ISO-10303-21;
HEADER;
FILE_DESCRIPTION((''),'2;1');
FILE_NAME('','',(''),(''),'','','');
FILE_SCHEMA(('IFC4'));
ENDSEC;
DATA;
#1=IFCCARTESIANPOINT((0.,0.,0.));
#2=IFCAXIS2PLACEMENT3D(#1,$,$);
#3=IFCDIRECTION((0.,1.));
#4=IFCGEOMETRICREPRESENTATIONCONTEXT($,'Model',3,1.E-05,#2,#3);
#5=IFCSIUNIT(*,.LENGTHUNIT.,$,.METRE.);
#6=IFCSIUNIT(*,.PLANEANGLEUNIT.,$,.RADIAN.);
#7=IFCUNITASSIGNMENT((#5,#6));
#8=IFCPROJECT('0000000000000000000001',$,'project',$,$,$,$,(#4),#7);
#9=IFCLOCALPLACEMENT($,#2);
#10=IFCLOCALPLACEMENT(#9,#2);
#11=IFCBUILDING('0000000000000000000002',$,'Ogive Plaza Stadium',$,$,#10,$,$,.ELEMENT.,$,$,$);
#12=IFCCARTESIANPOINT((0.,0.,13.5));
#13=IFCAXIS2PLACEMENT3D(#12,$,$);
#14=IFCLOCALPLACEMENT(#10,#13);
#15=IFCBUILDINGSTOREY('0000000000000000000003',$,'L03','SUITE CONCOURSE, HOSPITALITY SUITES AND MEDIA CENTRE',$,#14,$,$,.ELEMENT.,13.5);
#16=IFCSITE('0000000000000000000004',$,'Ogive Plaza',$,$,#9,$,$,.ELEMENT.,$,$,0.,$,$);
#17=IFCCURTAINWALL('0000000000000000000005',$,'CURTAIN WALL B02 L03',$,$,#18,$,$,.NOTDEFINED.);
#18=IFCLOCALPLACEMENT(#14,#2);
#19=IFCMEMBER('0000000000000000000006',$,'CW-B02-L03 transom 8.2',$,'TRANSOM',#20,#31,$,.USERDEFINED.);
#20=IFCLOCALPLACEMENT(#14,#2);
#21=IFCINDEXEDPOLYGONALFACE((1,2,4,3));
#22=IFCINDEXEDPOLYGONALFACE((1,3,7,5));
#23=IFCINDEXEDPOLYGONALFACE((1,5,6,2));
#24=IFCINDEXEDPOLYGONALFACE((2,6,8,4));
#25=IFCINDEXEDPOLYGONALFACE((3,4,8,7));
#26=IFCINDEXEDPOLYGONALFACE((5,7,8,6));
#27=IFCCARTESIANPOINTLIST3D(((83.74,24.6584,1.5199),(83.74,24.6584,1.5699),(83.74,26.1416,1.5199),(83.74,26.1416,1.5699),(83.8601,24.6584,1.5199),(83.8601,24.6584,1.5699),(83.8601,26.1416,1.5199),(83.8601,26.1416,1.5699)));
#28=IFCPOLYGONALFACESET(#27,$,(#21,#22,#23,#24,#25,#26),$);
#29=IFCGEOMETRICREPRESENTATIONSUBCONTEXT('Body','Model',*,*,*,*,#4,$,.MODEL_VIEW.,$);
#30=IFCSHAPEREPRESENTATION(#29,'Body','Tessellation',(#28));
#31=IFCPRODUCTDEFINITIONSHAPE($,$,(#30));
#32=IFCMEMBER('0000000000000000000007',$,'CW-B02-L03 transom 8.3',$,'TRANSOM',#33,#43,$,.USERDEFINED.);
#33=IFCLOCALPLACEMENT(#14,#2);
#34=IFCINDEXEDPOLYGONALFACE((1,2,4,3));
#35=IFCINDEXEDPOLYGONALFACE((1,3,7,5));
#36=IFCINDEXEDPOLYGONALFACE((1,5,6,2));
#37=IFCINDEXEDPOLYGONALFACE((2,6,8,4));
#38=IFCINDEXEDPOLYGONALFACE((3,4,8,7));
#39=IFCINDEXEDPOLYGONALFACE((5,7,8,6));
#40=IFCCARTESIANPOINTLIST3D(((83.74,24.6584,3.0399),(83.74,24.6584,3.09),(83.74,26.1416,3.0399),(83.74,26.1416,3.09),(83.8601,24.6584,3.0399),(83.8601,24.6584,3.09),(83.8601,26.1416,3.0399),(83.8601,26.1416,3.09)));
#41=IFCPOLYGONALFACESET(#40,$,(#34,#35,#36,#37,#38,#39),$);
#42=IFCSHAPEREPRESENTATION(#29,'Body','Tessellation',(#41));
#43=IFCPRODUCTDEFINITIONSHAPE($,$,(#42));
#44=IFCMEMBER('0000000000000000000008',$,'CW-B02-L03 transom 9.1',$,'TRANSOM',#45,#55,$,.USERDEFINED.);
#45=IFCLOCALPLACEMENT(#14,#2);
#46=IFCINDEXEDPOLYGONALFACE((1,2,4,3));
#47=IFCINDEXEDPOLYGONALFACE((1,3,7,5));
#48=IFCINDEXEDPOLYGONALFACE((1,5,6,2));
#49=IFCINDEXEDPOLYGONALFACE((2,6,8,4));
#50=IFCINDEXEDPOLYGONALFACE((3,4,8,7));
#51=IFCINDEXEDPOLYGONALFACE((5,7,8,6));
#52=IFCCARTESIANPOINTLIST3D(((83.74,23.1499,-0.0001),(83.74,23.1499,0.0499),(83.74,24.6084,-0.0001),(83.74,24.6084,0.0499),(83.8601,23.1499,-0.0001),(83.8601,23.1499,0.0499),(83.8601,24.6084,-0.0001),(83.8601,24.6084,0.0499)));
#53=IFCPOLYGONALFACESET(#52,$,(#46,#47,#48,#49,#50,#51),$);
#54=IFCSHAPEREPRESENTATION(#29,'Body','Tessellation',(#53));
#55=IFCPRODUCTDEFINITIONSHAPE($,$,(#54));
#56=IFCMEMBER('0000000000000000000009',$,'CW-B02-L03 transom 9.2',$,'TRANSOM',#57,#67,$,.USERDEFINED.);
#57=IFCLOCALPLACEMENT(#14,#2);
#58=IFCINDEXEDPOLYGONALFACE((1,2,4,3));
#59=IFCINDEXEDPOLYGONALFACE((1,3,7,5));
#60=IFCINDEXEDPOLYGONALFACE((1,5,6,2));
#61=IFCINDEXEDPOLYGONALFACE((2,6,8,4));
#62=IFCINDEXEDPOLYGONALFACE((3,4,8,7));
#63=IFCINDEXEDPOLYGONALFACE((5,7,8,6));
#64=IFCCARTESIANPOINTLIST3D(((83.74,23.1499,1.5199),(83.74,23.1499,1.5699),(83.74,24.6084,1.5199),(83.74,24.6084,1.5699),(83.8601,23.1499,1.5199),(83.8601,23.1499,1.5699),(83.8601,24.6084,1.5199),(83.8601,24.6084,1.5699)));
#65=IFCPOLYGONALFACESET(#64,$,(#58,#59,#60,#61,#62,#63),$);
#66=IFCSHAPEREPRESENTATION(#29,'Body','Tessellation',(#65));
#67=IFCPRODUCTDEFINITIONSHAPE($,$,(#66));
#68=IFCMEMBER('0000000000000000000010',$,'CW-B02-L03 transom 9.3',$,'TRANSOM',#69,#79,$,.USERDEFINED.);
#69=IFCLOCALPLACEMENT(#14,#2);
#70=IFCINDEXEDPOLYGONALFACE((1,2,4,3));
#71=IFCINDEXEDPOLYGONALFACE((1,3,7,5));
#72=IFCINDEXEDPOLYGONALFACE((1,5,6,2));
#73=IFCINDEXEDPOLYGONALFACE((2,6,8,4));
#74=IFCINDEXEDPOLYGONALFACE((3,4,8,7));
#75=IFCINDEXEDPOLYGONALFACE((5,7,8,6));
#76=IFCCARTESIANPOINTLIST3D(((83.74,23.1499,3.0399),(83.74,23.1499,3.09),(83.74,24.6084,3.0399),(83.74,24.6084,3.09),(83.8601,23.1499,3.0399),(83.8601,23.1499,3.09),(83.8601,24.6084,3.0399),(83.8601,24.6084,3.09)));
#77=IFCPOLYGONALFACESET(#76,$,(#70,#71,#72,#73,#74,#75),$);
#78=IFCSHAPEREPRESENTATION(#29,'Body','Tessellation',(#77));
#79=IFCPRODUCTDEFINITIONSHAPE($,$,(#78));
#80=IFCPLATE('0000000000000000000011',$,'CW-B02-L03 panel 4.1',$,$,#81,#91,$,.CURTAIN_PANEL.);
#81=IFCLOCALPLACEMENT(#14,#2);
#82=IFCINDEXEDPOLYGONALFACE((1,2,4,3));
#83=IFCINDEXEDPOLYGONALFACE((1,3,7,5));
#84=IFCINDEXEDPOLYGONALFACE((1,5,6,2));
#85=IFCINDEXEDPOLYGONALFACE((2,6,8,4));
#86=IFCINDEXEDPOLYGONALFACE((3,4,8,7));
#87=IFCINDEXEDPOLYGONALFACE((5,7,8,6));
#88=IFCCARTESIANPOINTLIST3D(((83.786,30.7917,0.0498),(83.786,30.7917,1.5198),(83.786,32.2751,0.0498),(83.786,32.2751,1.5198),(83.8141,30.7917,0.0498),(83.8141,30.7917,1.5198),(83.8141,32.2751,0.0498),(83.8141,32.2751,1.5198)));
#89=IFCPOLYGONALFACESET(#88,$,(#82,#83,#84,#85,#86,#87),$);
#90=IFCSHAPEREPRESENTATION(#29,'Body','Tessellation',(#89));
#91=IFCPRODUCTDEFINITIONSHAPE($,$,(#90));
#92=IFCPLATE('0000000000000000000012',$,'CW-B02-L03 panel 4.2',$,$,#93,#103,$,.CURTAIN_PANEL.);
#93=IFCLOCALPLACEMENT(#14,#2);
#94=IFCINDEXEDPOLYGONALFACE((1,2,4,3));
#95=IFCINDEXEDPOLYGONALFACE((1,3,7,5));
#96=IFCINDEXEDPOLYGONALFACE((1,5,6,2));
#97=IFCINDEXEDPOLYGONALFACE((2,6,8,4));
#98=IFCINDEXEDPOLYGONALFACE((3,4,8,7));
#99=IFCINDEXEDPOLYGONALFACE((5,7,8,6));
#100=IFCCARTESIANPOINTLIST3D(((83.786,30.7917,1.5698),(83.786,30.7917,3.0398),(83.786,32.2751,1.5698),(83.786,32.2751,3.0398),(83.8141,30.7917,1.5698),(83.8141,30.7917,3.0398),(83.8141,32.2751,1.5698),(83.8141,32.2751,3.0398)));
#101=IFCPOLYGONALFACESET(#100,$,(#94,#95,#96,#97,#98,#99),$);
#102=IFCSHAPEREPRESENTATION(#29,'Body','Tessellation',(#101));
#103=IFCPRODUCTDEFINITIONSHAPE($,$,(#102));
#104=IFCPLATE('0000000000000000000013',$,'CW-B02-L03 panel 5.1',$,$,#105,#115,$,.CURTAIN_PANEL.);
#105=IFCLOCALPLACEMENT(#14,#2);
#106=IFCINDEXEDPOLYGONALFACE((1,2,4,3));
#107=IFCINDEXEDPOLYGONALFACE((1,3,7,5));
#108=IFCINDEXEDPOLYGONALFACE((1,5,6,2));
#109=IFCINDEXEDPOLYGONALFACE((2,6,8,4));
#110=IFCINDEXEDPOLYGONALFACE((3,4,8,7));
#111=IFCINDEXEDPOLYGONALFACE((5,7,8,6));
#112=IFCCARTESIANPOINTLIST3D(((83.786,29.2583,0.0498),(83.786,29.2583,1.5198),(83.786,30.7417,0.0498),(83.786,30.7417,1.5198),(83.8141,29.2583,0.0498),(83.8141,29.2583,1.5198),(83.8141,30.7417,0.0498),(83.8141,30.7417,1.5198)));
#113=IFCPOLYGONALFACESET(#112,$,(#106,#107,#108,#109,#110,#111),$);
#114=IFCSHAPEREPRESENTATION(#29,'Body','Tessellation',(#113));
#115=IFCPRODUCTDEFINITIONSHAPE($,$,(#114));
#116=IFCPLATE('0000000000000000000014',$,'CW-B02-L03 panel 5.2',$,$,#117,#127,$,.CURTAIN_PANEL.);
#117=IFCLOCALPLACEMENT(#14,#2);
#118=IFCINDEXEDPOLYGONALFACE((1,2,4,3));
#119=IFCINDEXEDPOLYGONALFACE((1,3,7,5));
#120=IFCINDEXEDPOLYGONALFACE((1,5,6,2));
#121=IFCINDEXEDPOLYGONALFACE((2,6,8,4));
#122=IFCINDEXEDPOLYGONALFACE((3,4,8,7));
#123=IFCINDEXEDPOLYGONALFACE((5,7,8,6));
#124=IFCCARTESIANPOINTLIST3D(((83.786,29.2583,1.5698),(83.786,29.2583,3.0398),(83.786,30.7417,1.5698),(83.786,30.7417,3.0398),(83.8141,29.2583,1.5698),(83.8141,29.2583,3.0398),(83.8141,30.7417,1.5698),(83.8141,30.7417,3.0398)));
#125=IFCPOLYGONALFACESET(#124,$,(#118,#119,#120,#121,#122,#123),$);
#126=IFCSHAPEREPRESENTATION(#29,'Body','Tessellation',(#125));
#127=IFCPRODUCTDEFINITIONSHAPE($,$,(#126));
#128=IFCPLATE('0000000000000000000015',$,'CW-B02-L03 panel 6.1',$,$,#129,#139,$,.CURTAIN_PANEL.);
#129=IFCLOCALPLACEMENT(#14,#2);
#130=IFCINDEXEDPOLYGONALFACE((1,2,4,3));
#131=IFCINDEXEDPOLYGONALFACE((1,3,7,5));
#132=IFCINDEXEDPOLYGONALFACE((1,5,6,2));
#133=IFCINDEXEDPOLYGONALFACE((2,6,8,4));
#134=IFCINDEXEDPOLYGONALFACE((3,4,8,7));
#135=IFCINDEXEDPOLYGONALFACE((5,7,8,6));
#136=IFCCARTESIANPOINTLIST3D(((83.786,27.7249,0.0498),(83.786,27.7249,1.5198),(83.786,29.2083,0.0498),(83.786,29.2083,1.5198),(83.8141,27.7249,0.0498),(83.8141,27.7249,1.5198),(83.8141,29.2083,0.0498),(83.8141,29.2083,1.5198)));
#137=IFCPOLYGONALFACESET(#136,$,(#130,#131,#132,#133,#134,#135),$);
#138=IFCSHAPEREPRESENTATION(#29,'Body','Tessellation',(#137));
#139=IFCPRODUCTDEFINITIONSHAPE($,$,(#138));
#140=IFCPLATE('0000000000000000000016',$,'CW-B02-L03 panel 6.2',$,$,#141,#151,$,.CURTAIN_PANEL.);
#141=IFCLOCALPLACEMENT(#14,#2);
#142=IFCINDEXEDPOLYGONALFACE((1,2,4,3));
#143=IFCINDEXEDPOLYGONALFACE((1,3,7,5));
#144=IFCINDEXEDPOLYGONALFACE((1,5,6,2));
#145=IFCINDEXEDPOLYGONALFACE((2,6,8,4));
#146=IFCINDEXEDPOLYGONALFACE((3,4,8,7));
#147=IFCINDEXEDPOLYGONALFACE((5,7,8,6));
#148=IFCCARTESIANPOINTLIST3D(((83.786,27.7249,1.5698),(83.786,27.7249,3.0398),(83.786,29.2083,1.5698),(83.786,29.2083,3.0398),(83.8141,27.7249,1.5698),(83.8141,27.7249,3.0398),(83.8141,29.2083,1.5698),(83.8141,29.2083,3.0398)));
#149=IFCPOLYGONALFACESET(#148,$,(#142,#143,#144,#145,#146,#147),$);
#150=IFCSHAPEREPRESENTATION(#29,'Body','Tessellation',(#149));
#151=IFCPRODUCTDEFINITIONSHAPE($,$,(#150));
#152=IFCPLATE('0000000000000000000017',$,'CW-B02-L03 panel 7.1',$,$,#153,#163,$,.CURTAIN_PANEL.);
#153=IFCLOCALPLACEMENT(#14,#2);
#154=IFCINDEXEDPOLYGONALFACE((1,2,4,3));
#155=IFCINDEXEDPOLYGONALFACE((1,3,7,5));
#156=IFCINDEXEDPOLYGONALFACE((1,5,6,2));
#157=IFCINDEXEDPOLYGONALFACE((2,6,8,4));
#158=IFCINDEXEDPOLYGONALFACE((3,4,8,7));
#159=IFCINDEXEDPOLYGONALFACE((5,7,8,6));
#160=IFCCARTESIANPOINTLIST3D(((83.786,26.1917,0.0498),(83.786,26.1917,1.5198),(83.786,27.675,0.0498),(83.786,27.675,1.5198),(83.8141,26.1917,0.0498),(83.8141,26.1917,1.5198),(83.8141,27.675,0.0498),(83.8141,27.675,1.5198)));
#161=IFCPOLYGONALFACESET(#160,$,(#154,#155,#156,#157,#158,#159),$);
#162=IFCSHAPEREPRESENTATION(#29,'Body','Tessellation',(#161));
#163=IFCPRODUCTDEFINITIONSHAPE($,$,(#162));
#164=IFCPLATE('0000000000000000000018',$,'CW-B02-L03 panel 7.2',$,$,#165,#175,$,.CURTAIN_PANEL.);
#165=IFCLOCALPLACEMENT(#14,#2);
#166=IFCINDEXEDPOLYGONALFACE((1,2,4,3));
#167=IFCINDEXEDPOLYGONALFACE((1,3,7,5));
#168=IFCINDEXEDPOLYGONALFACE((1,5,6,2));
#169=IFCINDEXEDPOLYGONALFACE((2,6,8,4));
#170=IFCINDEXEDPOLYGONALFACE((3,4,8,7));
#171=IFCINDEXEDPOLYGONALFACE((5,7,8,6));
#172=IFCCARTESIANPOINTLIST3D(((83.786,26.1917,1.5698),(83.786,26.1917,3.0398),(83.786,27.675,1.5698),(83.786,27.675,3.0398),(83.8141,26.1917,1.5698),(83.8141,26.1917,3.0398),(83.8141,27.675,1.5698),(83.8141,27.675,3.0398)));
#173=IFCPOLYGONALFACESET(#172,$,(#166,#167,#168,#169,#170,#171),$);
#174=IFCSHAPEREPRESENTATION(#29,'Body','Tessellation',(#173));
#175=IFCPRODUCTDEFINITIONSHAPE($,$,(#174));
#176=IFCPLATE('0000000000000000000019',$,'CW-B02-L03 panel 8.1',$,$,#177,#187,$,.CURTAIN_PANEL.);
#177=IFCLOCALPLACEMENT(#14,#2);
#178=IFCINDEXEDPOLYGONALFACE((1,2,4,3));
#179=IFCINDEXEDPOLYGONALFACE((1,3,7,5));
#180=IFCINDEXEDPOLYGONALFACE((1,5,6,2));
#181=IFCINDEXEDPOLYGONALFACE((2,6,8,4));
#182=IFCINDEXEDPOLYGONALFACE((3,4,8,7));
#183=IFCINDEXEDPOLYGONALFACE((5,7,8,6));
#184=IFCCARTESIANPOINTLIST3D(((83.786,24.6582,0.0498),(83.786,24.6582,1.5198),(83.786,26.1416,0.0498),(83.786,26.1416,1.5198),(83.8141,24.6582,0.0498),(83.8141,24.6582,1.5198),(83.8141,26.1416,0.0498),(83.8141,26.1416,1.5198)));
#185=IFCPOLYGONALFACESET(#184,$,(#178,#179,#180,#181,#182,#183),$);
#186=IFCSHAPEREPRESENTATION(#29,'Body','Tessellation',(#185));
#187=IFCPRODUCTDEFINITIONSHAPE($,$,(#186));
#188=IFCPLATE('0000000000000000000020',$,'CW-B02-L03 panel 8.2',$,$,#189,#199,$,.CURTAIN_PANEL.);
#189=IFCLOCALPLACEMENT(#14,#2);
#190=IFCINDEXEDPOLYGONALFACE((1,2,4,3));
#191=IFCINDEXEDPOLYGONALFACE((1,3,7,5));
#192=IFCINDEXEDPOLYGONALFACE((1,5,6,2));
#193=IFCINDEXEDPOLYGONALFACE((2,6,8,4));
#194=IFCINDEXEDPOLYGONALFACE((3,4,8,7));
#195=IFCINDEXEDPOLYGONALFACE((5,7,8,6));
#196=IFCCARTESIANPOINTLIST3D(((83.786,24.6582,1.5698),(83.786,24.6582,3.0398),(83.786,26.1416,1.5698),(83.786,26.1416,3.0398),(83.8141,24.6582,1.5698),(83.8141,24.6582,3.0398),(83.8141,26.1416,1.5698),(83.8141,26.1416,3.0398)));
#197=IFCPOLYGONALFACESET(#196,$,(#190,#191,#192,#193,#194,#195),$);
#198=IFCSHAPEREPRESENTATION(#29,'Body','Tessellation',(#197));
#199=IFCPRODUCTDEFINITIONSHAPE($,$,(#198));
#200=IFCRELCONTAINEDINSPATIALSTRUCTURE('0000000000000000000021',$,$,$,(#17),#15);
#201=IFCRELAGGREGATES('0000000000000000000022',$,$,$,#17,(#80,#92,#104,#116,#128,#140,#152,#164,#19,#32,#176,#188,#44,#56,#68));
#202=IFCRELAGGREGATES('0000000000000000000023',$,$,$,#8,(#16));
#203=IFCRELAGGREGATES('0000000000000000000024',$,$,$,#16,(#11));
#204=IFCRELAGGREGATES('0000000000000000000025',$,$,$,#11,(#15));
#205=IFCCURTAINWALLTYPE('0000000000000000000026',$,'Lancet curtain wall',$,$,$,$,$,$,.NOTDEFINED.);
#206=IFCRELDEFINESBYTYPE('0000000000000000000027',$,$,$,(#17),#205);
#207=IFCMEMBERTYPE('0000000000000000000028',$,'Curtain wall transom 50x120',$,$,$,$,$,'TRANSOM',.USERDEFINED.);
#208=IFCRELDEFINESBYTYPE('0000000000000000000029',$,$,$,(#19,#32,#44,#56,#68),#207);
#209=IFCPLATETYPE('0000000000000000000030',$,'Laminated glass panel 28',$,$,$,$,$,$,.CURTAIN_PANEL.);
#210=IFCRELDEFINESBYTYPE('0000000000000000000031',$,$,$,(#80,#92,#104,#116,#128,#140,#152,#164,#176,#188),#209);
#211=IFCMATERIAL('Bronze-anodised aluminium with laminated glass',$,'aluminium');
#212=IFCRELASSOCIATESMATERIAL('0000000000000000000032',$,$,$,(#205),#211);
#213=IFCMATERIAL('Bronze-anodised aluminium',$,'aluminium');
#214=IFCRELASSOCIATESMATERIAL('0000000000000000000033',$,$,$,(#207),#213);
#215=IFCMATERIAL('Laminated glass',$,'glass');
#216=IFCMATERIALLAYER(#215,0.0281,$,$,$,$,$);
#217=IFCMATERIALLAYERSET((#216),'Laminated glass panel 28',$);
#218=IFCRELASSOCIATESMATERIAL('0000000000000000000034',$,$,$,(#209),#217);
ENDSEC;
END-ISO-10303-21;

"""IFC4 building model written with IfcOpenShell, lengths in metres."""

from ifc_helpers import new_model, si_unit, direction, frame, origin, origin_2d, place, context, subcontext, project, spatial, rectangle, extrude, material, layer, layer_set, material_profile, profile_set, type_object, element, aggregate, save


model = new_model("IFC4")

# Units and contexts
model_context = context("Model", 3, precision=1e-05, world=origin(), true_north=direction((0.0, 1.0)))
body_context = subcontext(model_context, "Body", "Model", "MODEL_VIEW")
ifc_project = project(units=[si_unit("LENGTHUNIT", "METRE"), si_unit("PLANEANGLEUNIT", "RADIAN")], contexts=[model_context])

# Site, building, storey
site_placement = place(None, origin())
site = spatial("IfcSite", under=ifc_project, at=site_placement, Name="Ogive Plaza", CompositionType="ELEMENT", RefElevation=0.0)
building_placement = place(site_placement, origin())
building = spatial("IfcBuilding", under=site, at=building_placement, Name="Ogive Plaza Stadium", CompositionType="ELEMENT")
storey_placement = place(building_placement, frame((0.0, 0.0, 13.5)))
storey = spatial("IfcBuildingStorey", under=building, at=storey_placement, Name="L03", Description="SUITE CONCOURSE, HOSPITALITY SUITES AND MEDIA CENTRE", CompositionType="ELEMENT", Elevation=13.5)

# Curtain wall, members, plates
ifc_material_1 = material(Name="Bronze-anodised aluminium with laminated glass", Category="aluminium")
curtain_wall_type = type_object("IfcCurtainWallType", Name="Lancet curtain wall", PredefinedType="NOTDEFINED", material=ifc_material_1)
curtain_wall_placement = place(storey_placement, origin())
curtain_wall = element("IfcCurtainWall", 1, at=curtain_wall_placement, inside=storey, type_object=curtain_wall_type, Name="CURTAIN WALL B02 L03", PredefinedType="NOTDEFINED")
ifc_material_2 = material(Name="Bronze-anodised aluminium", Category="aluminium")
ifc_material_profile_1 = material_profile(ifc_material_2, rectangle(XDim=0.1201, YDim=0.05, at=origin_2d()), Name="AL 120x50")
ifc_profile_set_1 = profile_set([ifc_material_profile_1], Name="Bronze-anodised aluminium")
member_type_1 = type_object("IfcMemberType", Name="Curtain wall transom 50x120", ElementType="TRANSOM", PredefinedType="USERDEFINED", material=ifc_profile_set_1)
member_1_placement = place(storey_placement, frame((83.8, 26.1416, 1.5449), z_axis=(0.0, -1.0, 0.0), x_axis=(1.0, 0.0, 0.0)))
member_1 = element("IfcMember", 2, at=member_1_placement, type_object=member_type_1, Name="CW-B02-L03 transom 8.2", ObjectType="TRANSOM", PredefinedType="USERDEFINED", context=body_context, shape_type="SweptSolid", body=[
    extrude(rectangle(XDim=0.1201, YDim=0.05, at=origin_2d()), origin(), (0.0, 0.0, 1.0), 1.4832),
])
member_2_placement = place(storey_placement, frame((83.8, 26.1416, 3.0649), z_axis=(0.0, -1.0, 0.0), x_axis=(1.0, 0.0, 0.0)))
member_2 = element("IfcMember", 3, at=member_2_placement, type_object=member_type_1, Name="CW-B02-L03 transom 8.3", ObjectType="TRANSOM", PredefinedType="USERDEFINED", context=body_context, shape_type="SweptSolid", body=[
    extrude(rectangle(XDim=0.1201, YDim=0.05, at=origin_2d()), origin(), (0.0, 0.0, 1.0), 1.4832),
])
member_3_placement = place(storey_placement, frame((83.8, 24.6084, 0.0249), z_axis=(0.0, -1.0, 0.0), x_axis=(1.0, 0.0, 0.0)))
member_3 = element("IfcMember", 4, at=member_3_placement, type_object=member_type_1, Name="CW-B02-L03 transom 9.1", ObjectType="TRANSOM", PredefinedType="USERDEFINED", context=body_context, shape_type="SweptSolid", body=[
    extrude(rectangle(XDim=0.1201, YDim=0.05, at=origin_2d()), origin(), (0.0, 0.0, 1.0), 1.4585),
])
member_4_placement = place(storey_placement, frame((83.8, 24.6084, 1.5449), z_axis=(0.0, -1.0, 0.0), x_axis=(1.0, 0.0, 0.0)))
member_4 = element("IfcMember", 5, at=member_4_placement, type_object=member_type_1, Name="CW-B02-L03 transom 9.2", ObjectType="TRANSOM", PredefinedType="USERDEFINED", context=body_context, shape_type="SweptSolid", body=[
    extrude(rectangle(XDim=0.1201, YDim=0.05, at=origin_2d()), origin(), (0.0, 0.0, 1.0), 1.4585),
])
member_5_placement = place(storey_placement, frame((83.8, 24.6084, 3.0649), z_axis=(0.0, -1.0, 0.0), x_axis=(1.0, 0.0, 0.0)))
member_5 = element("IfcMember", 6, at=member_5_placement, type_object=member_type_1, Name="CW-B02-L03 transom 9.3", ObjectType="TRANSOM", PredefinedType="USERDEFINED", context=body_context, shape_type="SweptSolid", body=[
    extrude(rectangle(XDim=0.1201, YDim=0.05, at=origin_2d()), origin(), (0.0, 0.0, 1.0), 1.4585),
])
ifc_material_3 = material(Name="Laminated glass", Category="glass")
ifc_layer_1 = layer(ifc_material_3, 0.0281)
ifc_layer_set_1 = layer_set([ifc_layer_1], Name="Laminated glass panel 28")
plate_type = type_object("IfcPlateType", Name="Laminated glass panel 28", PredefinedType="CURTAIN_PANEL", material=ifc_layer_set_1)
plate_1_placement = place(storey_placement, frame((83.8, 31.5334, 0.0498), z_axis=(0.0, 0.0, 1.0), x_axis=(0.0, -1.0, 0.0)))
plate_1 = element("IfcPlate", 7, at=plate_1_placement, type_object=plate_type, Name="CW-B02-L03 panel 4.1", PredefinedType="CURTAIN_PANEL", context=body_context, shape_type="SweptSolid", body=[
    extrude(rectangle(XDim=1.4834, YDim=0.0281, at=origin_2d()), origin(), (0.0, 0.0, 1.0), 1.47),
])
plate_2_placement = place(storey_placement, frame((83.8, 31.5334, 1.5698), z_axis=(0.0, 0.0, 1.0), x_axis=(0.0, -1.0, 0.0)))
plate_2 = element("IfcPlate", 8, at=plate_2_placement, type_object=plate_type, Name="CW-B02-L03 panel 4.2", PredefinedType="CURTAIN_PANEL", context=body_context, shape_type="SweptSolid", body=[
    extrude(rectangle(XDim=1.4834, YDim=0.0281, at=origin_2d()), origin(), (0.0, 0.0, 1.0), 1.47),
])
plate_3_placement = place(storey_placement, frame((83.8, 30.0, 0.0498), z_axis=(0.0, 0.0, 1.0), x_axis=(0.0, -1.0, 0.0)))
plate_3 = element("IfcPlate", 9, at=plate_3_placement, type_object=plate_type, Name="CW-B02-L03 panel 5.1", PredefinedType="CURTAIN_PANEL", context=body_context, shape_type="SweptSolid", body=[
    extrude(rectangle(XDim=1.4834, YDim=0.0281, at=origin_2d()), origin(), (0.0, 0.0, 1.0), 1.47),
])
plate_4_placement = place(storey_placement, frame((83.8, 30.0, 1.5698), z_axis=(0.0, 0.0, 1.0), x_axis=(0.0, -1.0, 0.0)))
plate_4 = element("IfcPlate", 10, at=plate_4_placement, type_object=plate_type, Name="CW-B02-L03 panel 5.2", PredefinedType="CURTAIN_PANEL", context=body_context, shape_type="SweptSolid", body=[
    extrude(rectangle(XDim=1.4834, YDim=0.0281, at=origin_2d()), origin(), (0.0, 0.0, 1.0), 1.47),
])
plate_5_placement = place(storey_placement, frame((83.8, 28.4666, 0.0498), z_axis=(0.0, 0.0, 1.0), x_axis=(0.0, -1.0, 0.0)))
plate_5 = element("IfcPlate", 11, at=plate_5_placement, type_object=plate_type, Name="CW-B02-L03 panel 6.1", PredefinedType="CURTAIN_PANEL", context=body_context, shape_type="SweptSolid", body=[
    extrude(rectangle(XDim=1.4834, YDim=0.0281, at=origin_2d()), origin(), (0.0, 0.0, 1.0), 1.47),
])
plate_6_placement = place(storey_placement, frame((83.8, 28.4666, 1.5698), z_axis=(0.0, 0.0, 1.0), x_axis=(0.0, -1.0, 0.0)))
plate_6 = element("IfcPlate", 12, at=plate_6_placement, type_object=plate_type, Name="CW-B02-L03 panel 6.2", PredefinedType="CURTAIN_PANEL", context=body_context, shape_type="SweptSolid", body=[
    extrude(rectangle(XDim=1.4834, YDim=0.0281, at=origin_2d()), origin(), (0.0, 0.0, 1.0), 1.47),
])
plate_7_placement = place(storey_placement, frame((83.8, 26.9333, 0.0498), z_axis=(0.0, 0.0, 1.0), x_axis=(0.0, -1.0, 0.0)))
plate_7 = element("IfcPlate", 13, at=plate_7_placement, type_object=plate_type, Name="CW-B02-L03 panel 7.1", PredefinedType="CURTAIN_PANEL", context=body_context, shape_type="SweptSolid", body=[
    extrude(rectangle(XDim=1.4834, YDim=0.0281, at=origin_2d()), origin(), (0.0, 0.0, 1.0), 1.47),
])
plate_8_placement = place(storey_placement, frame((83.8, 26.9333, 1.5698), z_axis=(0.0, 0.0, 1.0), x_axis=(0.0, -1.0, 0.0)))
plate_8 = element("IfcPlate", 14, at=plate_8_placement, type_object=plate_type, Name="CW-B02-L03 panel 7.2", PredefinedType="CURTAIN_PANEL", context=body_context, shape_type="SweptSolid", body=[
    extrude(rectangle(XDim=1.4834, YDim=0.0281, at=origin_2d()), origin(), (0.0, 0.0, 1.0), 1.47),
])
plate_9_placement = place(storey_placement, frame((83.8, 25.3999, 0.0498), z_axis=(0.0, 0.0, 1.0), x_axis=(0.0, -1.0, 0.0)))
plate_9 = element("IfcPlate", 15, at=plate_9_placement, type_object=plate_type, Name="CW-B02-L03 panel 8.1", PredefinedType="CURTAIN_PANEL", context=body_context, shape_type="SweptSolid", body=[
    extrude(rectangle(XDim=1.4834, YDim=0.0281, at=origin_2d()), origin(), (0.0, 0.0, 1.0), 1.47),
])
plate_10_placement = place(storey_placement, frame((83.8, 25.3999, 1.5698), z_axis=(0.0, 0.0, 1.0), x_axis=(0.0, -1.0, 0.0)))
plate_10 = element("IfcPlate", 16, at=plate_10_placement, type_object=plate_type, Name="CW-B02-L03 panel 8.2", PredefinedType="CURTAIN_PANEL", context=body_context, shape_type="SweptSolid", body=[
    extrude(rectangle(XDim=1.4834, YDim=0.0281, at=origin_2d()), origin(), (0.0, 0.0, 1.0), 1.47),
])
aggregate(curtain_wall, [plate_1, plate_2, plate_3, plate_4, plate_5, plate_6, plate_7, plate_8, member_1, member_2, plate_9, plate_10, member_3, member_4, member_5])

save(model, "model.ifc")
